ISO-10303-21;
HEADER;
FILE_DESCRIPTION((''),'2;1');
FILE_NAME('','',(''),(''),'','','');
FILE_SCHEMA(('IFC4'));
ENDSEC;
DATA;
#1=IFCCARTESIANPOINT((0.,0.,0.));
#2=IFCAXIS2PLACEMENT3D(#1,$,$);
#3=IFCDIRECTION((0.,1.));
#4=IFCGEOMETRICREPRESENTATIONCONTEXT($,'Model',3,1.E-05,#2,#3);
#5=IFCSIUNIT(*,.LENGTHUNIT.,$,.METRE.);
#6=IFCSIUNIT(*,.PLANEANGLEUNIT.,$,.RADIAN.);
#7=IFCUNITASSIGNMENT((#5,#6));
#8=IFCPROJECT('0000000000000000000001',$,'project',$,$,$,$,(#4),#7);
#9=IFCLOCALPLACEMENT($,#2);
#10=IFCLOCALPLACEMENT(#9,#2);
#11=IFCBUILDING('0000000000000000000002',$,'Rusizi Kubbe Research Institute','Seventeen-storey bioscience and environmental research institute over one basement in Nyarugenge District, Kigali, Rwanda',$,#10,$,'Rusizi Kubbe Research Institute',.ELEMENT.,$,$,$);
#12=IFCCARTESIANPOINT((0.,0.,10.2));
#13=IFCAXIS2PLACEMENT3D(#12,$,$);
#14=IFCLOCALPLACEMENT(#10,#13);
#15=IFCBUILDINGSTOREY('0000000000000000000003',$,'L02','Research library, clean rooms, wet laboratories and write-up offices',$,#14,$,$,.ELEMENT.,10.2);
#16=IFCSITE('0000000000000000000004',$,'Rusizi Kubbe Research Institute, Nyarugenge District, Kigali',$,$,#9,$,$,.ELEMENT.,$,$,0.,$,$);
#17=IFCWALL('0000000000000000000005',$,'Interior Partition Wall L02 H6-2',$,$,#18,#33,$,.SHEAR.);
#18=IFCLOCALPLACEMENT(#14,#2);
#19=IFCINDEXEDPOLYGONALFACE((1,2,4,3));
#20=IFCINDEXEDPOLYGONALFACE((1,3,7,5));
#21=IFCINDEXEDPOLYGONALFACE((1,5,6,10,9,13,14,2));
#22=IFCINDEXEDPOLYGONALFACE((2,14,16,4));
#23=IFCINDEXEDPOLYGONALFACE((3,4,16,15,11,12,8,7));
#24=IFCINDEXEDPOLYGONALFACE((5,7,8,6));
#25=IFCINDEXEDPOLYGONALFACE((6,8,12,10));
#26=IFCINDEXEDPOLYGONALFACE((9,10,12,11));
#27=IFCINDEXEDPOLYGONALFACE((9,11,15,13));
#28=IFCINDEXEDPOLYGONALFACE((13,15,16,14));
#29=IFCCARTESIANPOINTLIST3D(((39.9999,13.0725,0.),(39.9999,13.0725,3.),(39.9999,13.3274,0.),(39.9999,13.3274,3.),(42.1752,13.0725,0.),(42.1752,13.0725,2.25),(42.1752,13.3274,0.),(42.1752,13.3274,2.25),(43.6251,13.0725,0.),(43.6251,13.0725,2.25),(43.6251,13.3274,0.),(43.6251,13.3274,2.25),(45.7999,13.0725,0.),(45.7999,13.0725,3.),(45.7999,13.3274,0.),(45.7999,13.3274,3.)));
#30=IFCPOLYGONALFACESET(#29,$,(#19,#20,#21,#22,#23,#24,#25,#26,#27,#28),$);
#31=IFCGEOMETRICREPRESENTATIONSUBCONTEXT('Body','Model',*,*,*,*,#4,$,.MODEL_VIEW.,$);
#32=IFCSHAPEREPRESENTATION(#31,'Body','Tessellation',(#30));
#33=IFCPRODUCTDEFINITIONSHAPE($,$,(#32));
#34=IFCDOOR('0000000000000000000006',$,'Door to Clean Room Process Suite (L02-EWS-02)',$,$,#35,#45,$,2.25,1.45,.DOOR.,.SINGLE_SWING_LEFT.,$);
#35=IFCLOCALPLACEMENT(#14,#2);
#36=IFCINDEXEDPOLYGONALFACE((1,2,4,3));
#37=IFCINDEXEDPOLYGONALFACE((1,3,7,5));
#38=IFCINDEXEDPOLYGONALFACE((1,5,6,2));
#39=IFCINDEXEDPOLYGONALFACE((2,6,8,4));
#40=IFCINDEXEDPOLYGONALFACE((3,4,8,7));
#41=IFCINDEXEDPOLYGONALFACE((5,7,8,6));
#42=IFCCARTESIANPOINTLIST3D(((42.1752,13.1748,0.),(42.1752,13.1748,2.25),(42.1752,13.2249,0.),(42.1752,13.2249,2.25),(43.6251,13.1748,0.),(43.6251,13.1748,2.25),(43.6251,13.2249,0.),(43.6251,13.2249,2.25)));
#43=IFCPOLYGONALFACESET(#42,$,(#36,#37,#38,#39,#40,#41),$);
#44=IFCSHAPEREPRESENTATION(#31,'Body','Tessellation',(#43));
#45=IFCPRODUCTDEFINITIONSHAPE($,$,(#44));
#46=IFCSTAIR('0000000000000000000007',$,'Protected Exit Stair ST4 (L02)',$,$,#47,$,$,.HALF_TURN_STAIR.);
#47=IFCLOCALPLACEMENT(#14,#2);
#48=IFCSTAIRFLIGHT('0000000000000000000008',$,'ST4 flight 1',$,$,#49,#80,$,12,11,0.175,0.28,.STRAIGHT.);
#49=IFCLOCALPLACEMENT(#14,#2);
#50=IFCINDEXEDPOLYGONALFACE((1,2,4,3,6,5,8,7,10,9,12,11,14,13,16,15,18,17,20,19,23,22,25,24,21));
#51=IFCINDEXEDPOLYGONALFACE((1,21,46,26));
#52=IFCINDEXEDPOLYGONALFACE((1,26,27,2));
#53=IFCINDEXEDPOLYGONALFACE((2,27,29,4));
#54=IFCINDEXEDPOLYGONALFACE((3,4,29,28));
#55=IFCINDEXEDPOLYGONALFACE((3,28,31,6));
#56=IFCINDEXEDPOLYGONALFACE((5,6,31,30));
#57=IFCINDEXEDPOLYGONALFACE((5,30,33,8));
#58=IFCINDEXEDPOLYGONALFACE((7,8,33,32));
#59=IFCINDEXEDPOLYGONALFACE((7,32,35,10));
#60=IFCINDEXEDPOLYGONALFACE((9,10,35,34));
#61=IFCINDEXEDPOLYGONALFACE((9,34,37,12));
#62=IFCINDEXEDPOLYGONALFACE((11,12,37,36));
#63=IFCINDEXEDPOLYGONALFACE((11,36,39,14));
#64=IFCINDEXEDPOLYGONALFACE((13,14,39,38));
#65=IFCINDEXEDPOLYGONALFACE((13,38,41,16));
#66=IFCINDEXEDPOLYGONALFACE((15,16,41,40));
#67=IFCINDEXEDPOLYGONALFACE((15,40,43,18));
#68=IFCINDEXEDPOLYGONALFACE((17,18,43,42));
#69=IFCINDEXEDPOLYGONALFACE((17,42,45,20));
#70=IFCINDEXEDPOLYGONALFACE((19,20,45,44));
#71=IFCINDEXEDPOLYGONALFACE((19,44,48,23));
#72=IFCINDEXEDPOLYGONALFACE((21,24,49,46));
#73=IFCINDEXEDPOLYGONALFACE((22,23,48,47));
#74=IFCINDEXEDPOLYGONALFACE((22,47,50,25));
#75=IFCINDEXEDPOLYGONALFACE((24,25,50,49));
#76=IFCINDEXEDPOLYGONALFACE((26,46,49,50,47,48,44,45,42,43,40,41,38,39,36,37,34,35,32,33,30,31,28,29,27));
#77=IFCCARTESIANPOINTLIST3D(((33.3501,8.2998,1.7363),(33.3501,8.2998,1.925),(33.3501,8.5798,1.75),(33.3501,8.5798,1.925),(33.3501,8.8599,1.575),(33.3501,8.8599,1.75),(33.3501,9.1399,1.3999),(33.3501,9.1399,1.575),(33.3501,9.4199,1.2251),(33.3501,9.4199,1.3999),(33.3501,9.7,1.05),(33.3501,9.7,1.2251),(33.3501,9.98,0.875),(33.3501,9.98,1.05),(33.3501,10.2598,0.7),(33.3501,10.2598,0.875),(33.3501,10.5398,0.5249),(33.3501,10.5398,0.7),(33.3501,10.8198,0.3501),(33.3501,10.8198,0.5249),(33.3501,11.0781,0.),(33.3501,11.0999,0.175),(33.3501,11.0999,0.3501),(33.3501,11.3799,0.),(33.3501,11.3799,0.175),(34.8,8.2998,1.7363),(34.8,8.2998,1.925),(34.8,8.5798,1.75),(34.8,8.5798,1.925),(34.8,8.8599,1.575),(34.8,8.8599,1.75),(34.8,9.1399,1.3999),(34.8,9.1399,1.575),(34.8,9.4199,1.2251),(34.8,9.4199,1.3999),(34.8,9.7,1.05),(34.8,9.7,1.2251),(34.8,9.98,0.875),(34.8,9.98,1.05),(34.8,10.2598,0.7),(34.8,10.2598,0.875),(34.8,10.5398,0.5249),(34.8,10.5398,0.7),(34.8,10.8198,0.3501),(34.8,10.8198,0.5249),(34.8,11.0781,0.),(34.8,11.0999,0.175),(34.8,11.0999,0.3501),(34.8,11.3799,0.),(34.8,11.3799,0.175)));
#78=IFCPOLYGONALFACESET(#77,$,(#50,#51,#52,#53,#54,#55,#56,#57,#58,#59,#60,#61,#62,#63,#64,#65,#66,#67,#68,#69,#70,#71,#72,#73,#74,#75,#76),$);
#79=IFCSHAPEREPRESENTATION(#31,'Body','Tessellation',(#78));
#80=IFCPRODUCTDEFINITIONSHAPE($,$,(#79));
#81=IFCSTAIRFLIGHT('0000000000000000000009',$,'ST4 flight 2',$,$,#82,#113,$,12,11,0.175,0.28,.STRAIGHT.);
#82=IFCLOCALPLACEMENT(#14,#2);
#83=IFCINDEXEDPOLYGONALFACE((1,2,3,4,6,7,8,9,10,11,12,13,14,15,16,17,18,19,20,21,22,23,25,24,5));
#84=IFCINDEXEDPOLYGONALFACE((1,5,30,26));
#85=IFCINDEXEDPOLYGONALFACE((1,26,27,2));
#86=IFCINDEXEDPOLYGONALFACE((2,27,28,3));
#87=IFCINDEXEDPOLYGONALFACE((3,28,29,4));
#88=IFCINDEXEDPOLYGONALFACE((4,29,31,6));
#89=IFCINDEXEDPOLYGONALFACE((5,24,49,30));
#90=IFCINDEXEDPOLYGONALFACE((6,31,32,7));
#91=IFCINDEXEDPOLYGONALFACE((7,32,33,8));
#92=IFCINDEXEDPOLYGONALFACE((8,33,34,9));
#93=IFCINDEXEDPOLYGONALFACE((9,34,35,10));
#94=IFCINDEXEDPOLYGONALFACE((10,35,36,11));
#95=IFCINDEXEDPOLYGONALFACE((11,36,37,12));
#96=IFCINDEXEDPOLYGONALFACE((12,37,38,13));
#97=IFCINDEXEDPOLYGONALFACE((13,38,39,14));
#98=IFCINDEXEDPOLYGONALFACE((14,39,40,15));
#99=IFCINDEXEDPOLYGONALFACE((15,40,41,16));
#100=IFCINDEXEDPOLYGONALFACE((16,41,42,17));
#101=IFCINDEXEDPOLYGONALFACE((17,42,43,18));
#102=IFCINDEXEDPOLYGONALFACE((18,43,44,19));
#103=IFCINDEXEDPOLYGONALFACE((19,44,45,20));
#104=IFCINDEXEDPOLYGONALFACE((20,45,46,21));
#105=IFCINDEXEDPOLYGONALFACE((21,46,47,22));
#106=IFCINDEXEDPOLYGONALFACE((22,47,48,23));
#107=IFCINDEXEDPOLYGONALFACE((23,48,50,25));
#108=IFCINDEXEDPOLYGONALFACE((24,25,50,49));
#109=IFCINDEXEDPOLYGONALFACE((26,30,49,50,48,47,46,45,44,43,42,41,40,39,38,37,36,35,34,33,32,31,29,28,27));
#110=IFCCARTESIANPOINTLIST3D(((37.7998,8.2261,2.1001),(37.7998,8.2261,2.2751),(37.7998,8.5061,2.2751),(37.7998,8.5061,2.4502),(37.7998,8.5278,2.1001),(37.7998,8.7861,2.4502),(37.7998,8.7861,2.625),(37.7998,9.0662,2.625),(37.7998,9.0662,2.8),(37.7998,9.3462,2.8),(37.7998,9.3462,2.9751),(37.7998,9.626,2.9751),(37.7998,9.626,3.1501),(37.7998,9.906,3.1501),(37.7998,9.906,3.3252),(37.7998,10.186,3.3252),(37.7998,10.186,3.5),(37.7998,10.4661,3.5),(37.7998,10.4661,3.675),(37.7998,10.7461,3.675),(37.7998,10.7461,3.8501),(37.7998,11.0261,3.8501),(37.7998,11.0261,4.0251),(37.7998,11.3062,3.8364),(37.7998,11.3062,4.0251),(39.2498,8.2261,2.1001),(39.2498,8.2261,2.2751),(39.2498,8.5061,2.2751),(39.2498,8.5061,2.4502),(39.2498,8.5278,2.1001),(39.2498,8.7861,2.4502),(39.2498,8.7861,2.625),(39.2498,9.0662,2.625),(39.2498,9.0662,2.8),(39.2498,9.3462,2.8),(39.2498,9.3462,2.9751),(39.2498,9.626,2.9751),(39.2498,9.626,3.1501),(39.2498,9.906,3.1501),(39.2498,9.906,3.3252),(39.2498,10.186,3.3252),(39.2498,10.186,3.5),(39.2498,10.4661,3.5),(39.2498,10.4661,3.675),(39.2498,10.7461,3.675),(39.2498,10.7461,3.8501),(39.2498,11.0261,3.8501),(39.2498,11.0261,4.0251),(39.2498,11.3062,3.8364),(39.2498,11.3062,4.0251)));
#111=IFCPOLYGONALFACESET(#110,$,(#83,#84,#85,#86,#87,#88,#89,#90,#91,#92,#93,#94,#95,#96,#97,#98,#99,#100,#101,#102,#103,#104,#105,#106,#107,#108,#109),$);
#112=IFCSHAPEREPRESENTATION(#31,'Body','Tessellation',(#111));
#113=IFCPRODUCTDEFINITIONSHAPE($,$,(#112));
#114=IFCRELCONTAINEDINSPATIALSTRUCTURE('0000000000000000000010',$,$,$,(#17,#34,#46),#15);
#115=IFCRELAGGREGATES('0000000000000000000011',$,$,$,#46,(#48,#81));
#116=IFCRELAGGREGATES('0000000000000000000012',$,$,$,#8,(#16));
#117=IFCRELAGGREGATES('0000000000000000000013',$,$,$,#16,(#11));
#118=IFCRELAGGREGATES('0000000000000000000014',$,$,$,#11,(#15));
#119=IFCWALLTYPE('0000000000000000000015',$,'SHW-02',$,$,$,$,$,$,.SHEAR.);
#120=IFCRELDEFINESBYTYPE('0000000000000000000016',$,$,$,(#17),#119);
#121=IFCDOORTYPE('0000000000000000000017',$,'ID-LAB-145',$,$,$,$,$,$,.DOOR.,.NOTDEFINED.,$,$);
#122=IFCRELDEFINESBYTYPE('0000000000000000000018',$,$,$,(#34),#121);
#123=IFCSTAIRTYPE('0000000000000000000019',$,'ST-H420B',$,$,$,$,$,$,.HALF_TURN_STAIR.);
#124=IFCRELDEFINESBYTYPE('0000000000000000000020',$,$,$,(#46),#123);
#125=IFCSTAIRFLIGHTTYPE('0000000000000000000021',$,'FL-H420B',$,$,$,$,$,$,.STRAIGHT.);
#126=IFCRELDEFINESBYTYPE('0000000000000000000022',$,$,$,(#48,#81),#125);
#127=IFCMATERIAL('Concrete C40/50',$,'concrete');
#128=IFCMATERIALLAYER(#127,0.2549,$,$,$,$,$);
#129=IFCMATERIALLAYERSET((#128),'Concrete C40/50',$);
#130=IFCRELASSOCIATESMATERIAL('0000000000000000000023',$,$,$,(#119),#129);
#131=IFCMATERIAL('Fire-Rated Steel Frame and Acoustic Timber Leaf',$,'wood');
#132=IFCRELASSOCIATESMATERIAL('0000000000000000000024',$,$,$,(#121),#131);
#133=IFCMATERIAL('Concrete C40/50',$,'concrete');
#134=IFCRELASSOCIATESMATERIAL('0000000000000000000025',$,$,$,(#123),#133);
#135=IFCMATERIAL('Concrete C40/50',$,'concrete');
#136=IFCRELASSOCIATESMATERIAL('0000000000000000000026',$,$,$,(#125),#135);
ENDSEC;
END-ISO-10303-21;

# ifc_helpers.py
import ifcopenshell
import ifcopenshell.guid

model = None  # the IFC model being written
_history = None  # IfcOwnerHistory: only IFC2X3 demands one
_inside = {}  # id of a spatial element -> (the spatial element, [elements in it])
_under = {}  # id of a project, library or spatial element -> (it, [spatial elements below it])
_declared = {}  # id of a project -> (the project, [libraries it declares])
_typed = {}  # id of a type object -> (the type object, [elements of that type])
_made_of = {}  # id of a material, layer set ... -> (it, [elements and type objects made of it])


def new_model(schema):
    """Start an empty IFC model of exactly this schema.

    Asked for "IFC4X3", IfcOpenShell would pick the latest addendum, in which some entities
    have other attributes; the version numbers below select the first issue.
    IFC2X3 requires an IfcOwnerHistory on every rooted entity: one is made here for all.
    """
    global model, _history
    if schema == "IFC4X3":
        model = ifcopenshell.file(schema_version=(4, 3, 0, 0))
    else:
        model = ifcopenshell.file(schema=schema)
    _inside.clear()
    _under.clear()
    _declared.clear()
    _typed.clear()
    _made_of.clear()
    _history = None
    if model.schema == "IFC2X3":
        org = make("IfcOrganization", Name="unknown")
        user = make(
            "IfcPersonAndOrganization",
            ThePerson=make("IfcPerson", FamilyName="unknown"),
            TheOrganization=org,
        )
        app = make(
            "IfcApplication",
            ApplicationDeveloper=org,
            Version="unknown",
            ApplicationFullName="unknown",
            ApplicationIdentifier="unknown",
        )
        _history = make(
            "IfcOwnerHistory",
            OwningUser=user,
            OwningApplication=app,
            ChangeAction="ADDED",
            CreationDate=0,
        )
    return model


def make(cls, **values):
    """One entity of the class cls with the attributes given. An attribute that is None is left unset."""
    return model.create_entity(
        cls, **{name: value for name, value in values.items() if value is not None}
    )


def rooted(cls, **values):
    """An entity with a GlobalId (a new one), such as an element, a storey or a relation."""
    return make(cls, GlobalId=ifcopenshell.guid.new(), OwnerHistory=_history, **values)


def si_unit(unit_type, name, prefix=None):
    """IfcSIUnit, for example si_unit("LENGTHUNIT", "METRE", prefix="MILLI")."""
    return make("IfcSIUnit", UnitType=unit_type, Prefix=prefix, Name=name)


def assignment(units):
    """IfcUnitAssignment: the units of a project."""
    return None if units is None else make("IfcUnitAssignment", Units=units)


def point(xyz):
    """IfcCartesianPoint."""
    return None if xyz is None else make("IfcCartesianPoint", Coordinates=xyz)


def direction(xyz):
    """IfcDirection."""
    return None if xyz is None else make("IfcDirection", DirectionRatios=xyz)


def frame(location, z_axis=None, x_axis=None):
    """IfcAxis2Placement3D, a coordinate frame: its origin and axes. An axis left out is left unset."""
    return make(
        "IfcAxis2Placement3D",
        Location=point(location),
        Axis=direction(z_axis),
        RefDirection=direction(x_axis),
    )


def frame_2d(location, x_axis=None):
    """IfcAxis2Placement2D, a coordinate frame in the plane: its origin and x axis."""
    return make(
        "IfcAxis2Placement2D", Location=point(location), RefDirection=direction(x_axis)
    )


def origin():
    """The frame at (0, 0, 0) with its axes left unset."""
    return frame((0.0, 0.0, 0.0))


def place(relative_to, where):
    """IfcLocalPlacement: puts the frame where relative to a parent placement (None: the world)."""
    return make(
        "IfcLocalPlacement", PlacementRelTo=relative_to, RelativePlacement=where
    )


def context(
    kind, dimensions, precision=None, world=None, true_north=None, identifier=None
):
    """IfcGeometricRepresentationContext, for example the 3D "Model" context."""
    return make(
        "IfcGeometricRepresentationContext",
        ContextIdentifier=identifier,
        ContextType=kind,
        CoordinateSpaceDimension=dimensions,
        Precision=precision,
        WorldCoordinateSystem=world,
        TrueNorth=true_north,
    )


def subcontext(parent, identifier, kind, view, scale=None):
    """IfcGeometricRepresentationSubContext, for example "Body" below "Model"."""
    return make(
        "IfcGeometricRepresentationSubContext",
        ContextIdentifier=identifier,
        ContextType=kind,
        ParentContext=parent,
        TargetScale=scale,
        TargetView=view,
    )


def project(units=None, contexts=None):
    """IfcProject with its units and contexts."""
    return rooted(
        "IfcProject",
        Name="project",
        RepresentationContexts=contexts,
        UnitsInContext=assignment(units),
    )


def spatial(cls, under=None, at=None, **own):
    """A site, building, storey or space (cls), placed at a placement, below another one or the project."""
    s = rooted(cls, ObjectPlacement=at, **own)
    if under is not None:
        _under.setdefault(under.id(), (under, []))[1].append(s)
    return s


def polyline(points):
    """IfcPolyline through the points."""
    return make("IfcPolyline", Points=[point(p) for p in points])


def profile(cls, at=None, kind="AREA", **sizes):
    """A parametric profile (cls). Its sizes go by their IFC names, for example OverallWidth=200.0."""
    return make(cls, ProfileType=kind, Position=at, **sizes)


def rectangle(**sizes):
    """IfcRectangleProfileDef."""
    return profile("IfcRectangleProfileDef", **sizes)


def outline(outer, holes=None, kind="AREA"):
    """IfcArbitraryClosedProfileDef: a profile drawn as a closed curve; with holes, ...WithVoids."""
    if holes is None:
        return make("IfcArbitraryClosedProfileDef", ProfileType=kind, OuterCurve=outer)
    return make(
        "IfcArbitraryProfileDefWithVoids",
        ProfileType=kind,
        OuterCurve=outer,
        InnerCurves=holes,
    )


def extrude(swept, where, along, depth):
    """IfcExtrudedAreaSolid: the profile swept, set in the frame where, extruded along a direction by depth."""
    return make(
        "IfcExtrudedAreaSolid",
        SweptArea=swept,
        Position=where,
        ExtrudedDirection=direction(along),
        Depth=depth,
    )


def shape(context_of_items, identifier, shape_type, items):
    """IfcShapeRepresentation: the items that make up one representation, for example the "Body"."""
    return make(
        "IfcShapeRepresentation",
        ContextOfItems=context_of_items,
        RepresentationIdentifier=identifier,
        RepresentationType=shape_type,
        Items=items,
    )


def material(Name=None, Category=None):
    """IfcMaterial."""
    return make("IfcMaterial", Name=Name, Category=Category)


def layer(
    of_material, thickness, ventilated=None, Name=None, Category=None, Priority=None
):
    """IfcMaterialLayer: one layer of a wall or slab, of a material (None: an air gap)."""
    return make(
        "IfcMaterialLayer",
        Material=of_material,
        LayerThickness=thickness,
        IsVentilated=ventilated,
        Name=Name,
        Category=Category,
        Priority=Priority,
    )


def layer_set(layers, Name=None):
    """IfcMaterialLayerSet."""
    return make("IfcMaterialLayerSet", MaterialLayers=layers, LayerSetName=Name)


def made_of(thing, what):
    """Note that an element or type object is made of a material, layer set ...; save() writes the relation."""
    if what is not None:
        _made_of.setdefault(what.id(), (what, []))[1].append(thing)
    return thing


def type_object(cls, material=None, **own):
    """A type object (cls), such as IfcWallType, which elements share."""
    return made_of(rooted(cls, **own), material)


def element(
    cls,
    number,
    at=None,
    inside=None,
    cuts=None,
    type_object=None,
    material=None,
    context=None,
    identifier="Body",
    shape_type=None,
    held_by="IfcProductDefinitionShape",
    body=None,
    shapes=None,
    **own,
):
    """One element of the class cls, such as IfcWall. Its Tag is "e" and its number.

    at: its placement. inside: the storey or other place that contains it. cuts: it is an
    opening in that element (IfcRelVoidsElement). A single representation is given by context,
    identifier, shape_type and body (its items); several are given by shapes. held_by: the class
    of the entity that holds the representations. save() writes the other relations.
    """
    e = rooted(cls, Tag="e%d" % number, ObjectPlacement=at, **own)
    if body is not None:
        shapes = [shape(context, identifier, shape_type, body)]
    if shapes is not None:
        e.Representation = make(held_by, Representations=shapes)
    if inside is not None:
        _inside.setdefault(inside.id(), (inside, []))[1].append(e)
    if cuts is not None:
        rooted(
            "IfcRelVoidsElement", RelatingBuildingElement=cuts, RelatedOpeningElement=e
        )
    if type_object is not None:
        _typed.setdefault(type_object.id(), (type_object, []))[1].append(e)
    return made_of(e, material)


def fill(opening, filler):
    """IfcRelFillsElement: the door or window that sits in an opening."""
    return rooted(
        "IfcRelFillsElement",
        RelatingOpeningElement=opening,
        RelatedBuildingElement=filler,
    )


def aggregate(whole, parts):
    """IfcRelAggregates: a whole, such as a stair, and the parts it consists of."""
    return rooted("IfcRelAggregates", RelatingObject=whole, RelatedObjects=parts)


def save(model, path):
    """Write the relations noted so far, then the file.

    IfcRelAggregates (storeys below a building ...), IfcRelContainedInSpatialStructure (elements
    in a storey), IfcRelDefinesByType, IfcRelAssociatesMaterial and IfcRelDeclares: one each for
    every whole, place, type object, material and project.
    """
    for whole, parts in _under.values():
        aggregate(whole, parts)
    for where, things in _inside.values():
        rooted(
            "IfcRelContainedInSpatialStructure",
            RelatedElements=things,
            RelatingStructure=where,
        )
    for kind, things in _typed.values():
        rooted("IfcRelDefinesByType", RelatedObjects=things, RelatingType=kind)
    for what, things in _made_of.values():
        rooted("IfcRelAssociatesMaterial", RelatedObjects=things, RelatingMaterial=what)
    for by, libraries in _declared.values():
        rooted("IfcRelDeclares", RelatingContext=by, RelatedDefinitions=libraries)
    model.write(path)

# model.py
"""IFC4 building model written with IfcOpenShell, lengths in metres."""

from ifc_helpers import new_model, si_unit, direction, frame, frame_2d, origin, place, context, subcontext, project, spatial, polyline, rectangle, outline, extrude, material, layer, layer_set, type_object, element, fill, aggregate, save


model = new_model("IFC4")

# Units and contexts
model_context = context("Model", 3, precision=1e-05, world=origin(), true_north=direction((0.0, 1.0)))
body_context = subcontext(model_context, "Body", "Model", "MODEL_VIEW")
ifc_project = project(units=[si_unit("LENGTHUNIT", "METRE"), si_unit("PLANEANGLEUNIT", "RADIAN")], contexts=[model_context])

# Site, building, storey
site_placement = place(None, origin())
site = spatial("IfcSite", under=ifc_project, at=site_placement, Name="Rusizi Kubbe Research Institute, Nyarugenge District, Kigali", CompositionType="ELEMENT", RefElevation=0.0)
building_placement = place(site_placement, origin())
building = spatial("IfcBuilding", under=site, at=building_placement, Name="Rusizi Kubbe Research Institute", Description="Seventeen-storey bioscience and environmental research institute over one basement in Nyarugenge District, Kigali, Rwanda", LongName="Rusizi Kubbe Research Institute", CompositionType="ELEMENT")
storey_placement = place(building_placement, frame((0.0, 0.0, 10.2)))
storey = spatial("IfcBuildingStorey", under=building, at=storey_placement, Name="L02", Description="Research library, clean rooms, wet laboratories and write-up offices", CompositionType="ELEMENT", Elevation=10.2)

# Wall, opening, door
ifc_material_1 = material(Name="Concrete C40/50", Category="concrete")
ifc_layer_1 = layer(ifc_material_1, 0.2549)
ifc_layer_set_1 = layer_set([ifc_layer_1], Name="Concrete C40/50")
wall_type_1 = type_object("IfcWallType", Name="SHW-02", PredefinedType="SHEAR", material=ifc_layer_set_1)
wall_1_placement = place(storey_placement, frame((40.0, 13.2, 0.0), z_axis=(0.0, 0.0, 1.0), x_axis=(1.0, 0.0, 0.0)))
wall_1 = element("IfcWall", 1, at=wall_1_placement, inside=storey, type_object=wall_type_1, Name="Interior Partition Wall L02 H6-2", PredefinedType="SHEAR", context=body_context, shape_type="SweptSolid", body=[
    extrude(rectangle(XDim=5.8, YDim=0.2549, at=frame_2d((2.8999, 0.0))), origin(), (0.0, 0.0, 1.0), 3.0),
])
opening_1_placement = place(wall_1_placement, frame((2.175, 0.0, 0.0)))
opening_1 = element("IfcOpeningElement", 2, at=opening_1_placement, cuts=wall_1, PredefinedType="OPENING", context=body_context, shape_type="SweptSolid", body=[
    extrude(rectangle(XDim=1.45, YDim=2.25, at=frame_2d((0.7251, 1.125))), frame((0.0, 0.1375, 0.0), z_axis=(0.0, -1.0, 0.0), x_axis=(1.0, 0.0, 0.0)), (0.0, 0.0, 1.0), 0.2749),
])
ifc_material_2 = material(Name="Fire-Rated Steel Frame and Acoustic Timber Leaf", Category="wood")
door_type_1 = type_object("IfcDoorType", Name="ID-LAB-145", OperationType="NOTDEFINED", PredefinedType="DOOR", material=ifc_material_2)
door_1_placement = place(opening_1_placement, origin())
door_1 = element("IfcDoor", 3, at=door_1_placement, inside=storey, type_object=door_type_1, Name="Door to Clean Room Process Suite (L02-EWS-02)", OperationType="SINGLE_SWING_LEFT", OverallHeight=2.25, OverallWidth=1.45, PredefinedType="DOOR", context=body_context, shape_type="SweptSolid", body=[
    extrude(rectangle(XDim=1.45, YDim=2.25, at=frame_2d((0.7251, 1.125))), frame((0.0, 0.0249, 0.0), z_axis=(0.0, -1.0, 0.0), x_axis=(1.0, 0.0, 0.0)), (0.0, 0.0, 1.0), 0.05),
])
fill(opening_1, door_1)

# Stair, stair flights
ifc_material_3 = material(Name="Concrete C40/50", Category="concrete")
stair_type = type_object("IfcStairType", Name="ST-H420B", PredefinedType="HALF_TURN_STAIR", material=ifc_material_3)
stair_placement = place(storey_placement, origin())
stair = element("IfcStair", 4, at=stair_placement, inside=storey, type_object=stair_type, Name="Protected Exit Stair ST4 (L02)", PredefinedType="HALF_TURN_STAIR")
ifc_material_4 = material(Name="Concrete C40/50", Category="concrete")
stair_flight_type = type_object("IfcStairFlightType", Name="FL-H420B", PredefinedType="STRAIGHT", material=ifc_material_4)
stair_flight_1_placement = place(storey_placement, frame((34.075, 11.3799, 0.0), z_axis=(0.0, 0.0, 1.0), x_axis=(0.0, -1.0, 0.0)))
stair_flight_1 = element("IfcStairFlight", 5, at=stair_flight_1_placement, type_object=stair_flight_type, Name="ST4 flight 1", NumberOfRisers=12, NumberOfTreads=11, PredefinedType="STRAIGHT", RiserHeight=0.175, TreadLength=0.28, context=body_context, shape_type="SweptSolid", body=[
    extrude(outline(polyline([(0.0, 0.0), (0.0, 0.175), (0.28, 0.175), (0.28, 0.3501), (0.5601, 0.3501), (0.5601, 0.5249), (0.8401, 0.5249), (0.8401, 0.7), (1.1201, 0.7), (1.1201, 0.875), (1.3999, 0.875), (1.3999, 1.05), (1.6799, 1.05), (1.6799, 1.2251), (1.96, 1.2251), (1.96, 1.3999), (2.24, 1.3999), (2.24, 1.575), (2.52, 1.575), (2.52, 1.75), (2.8, 1.75), (2.8, 1.925), (3.0801, 1.925), (3.0801, 2.1001), (3.0801, 1.7363), (0.3018, 0.0), (0.0, 0.0)])), frame((0.0, 0.7251, 0.0), z_axis=(0.0, -1.0, 0.0), x_axis=(1.0, 0.0, 0.0)), (0.0, 0.0, 1.0), 1.45),
])
stair_flight_2_placement = place(storey_placement, frame((38.5249, 8.2261, 2.1001), z_axis=(0.0, 0.0, 1.0), x_axis=(0.0, 1.0, 0.0)))
stair_flight_2 = element("IfcStairFlight", 6, at=stair_flight_2_placement, type_object=stair_flight_type, Name="ST4 flight 2", NumberOfRisers=12, NumberOfTreads=11, PredefinedType="STRAIGHT", RiserHeight=0.175, TreadLength=0.28, context=body_context, shape_type="SweptSolid", body=[
    extrude(outline(polyline([(0.0, 0.0), (0.0, 0.175), (0.28, 0.175), (0.28, 0.3501), (0.5601, 0.3501), (0.5601, 0.5249), (0.8401, 0.5249), (0.8401, 0.7), (1.1201, 0.7), (1.1201, 0.875), (1.3999, 0.875), (1.3999, 1.05), (1.6799, 1.05), (1.6799, 1.2251), (1.96, 1.2251), (1.96, 1.3999), (2.24, 1.3999), (2.24, 1.575), (2.52, 1.575), (2.52, 1.75), (2.8, 1.75), (2.8, 1.925), (3.0801, 1.925), (3.0801, 2.1001), (3.0801, 1.7363), (0.3018, 0.0), (0.0, 0.0)])), frame((0.0, 0.7251, 0.0), z_axis=(0.0, -1.0, 0.0), x_axis=(1.0, 0.0, 0.0)), (0.0, 0.0, 1.0), 1.45),
])
aggregate(stair, [stair_flight_1, stair_flight_2])

save(model, "model.ifc")
